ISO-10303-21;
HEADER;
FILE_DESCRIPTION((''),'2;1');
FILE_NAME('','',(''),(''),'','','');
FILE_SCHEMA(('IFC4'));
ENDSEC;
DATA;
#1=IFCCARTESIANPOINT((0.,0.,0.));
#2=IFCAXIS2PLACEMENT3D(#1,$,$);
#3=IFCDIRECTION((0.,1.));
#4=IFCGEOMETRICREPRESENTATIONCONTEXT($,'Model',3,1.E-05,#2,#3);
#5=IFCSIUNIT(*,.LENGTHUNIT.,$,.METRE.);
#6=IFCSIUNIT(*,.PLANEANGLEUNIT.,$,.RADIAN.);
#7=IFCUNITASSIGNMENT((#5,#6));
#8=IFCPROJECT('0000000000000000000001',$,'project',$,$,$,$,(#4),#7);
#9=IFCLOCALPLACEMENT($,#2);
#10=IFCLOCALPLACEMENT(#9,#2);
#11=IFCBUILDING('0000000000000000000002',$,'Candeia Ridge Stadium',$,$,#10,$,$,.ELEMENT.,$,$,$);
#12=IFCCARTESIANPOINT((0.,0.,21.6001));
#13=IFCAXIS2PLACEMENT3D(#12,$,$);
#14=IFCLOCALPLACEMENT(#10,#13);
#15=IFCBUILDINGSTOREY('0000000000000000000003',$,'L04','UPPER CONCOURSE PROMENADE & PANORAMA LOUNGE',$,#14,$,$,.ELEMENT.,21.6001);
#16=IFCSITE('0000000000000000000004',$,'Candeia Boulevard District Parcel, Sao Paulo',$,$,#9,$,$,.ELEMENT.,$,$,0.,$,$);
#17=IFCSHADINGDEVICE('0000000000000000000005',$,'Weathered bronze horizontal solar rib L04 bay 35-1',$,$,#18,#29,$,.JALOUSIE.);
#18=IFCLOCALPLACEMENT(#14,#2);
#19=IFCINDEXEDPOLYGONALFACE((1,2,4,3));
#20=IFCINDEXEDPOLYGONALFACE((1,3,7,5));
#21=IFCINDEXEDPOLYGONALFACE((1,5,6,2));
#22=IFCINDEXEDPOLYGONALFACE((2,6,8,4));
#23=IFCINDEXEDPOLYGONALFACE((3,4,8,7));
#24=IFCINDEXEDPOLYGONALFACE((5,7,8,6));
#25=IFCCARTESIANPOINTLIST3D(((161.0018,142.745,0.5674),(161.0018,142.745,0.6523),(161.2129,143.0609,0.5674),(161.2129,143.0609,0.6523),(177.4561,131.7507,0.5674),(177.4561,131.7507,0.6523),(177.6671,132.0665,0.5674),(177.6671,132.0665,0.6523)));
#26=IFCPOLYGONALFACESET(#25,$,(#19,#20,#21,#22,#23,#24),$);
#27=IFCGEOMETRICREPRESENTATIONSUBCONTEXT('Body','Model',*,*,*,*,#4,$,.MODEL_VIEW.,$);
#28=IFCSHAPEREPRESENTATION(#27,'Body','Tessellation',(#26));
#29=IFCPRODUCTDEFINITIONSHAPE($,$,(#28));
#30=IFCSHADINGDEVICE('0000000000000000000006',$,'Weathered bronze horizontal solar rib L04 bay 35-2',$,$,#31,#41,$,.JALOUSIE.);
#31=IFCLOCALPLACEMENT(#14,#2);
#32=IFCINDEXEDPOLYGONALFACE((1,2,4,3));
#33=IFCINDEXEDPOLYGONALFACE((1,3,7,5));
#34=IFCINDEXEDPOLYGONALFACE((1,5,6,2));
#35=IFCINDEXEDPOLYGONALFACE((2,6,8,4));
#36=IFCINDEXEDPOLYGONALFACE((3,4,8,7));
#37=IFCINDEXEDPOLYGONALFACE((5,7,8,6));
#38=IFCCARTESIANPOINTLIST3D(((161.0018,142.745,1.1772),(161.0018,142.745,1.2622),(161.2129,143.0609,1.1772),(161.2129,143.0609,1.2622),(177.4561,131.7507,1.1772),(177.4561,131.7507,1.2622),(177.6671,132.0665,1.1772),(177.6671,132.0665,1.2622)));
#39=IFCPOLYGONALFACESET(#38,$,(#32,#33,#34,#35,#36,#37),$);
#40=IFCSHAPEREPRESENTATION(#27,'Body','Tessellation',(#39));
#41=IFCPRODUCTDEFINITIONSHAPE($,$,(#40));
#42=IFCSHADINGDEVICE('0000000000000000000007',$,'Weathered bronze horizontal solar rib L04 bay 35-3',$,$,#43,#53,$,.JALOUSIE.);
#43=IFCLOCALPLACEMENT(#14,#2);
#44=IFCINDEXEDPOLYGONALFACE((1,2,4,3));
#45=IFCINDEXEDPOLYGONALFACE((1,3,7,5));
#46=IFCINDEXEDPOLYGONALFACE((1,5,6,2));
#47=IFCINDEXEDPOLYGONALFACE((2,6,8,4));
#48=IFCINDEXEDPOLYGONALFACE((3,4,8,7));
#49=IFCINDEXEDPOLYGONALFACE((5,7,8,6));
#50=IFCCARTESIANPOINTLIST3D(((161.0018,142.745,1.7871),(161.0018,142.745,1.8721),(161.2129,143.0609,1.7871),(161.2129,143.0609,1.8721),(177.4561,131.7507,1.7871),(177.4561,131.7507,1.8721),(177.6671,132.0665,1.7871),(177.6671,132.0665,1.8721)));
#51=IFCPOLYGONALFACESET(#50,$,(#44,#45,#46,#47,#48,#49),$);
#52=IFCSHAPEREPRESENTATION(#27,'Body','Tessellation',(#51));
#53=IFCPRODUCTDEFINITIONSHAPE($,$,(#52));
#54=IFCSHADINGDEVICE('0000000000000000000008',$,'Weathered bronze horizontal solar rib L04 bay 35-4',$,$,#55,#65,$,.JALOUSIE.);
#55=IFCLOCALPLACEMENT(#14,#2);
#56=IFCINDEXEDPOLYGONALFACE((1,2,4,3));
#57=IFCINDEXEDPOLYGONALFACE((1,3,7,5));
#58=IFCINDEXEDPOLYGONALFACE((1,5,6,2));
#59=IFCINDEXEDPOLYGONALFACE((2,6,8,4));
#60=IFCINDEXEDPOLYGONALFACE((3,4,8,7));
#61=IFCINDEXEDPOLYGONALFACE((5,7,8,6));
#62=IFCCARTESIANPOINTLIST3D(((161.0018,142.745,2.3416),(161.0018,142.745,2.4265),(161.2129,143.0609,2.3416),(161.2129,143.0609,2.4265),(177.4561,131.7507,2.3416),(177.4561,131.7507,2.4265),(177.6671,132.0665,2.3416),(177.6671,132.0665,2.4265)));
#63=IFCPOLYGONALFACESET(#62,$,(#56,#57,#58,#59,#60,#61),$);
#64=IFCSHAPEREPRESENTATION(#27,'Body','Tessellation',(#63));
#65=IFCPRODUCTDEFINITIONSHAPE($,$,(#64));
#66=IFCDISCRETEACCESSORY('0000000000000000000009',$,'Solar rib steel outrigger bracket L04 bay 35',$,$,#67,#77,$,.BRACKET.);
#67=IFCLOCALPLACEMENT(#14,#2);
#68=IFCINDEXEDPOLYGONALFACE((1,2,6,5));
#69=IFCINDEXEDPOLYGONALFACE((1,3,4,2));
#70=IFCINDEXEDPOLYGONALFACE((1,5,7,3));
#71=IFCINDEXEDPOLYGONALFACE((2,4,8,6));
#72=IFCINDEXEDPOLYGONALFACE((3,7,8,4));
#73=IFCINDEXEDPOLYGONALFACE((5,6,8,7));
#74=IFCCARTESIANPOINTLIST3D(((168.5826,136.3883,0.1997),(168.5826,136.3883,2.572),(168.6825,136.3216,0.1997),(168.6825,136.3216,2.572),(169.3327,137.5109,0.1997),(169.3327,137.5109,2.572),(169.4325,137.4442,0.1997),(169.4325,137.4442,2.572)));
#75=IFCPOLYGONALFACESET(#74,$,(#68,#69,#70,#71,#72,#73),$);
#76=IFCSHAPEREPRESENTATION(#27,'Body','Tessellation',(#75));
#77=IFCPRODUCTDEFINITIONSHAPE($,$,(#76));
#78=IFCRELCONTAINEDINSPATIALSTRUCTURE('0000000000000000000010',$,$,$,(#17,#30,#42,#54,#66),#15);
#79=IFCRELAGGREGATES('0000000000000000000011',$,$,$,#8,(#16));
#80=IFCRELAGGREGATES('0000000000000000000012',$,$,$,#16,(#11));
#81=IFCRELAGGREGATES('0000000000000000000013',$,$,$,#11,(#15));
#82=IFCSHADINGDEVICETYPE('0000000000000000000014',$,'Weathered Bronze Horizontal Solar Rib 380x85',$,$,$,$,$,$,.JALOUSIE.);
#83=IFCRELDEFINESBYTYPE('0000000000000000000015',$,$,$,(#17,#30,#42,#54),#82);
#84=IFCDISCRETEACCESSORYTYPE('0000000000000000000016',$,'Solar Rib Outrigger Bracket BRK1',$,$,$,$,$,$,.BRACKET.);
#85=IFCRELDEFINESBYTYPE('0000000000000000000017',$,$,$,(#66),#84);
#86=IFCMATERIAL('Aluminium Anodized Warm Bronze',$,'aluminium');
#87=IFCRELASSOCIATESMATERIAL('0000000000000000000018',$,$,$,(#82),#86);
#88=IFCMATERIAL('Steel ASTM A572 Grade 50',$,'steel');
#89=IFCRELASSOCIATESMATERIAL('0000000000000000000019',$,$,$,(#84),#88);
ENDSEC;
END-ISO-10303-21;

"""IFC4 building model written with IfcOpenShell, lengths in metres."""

from ifc_helpers import new_model, si_unit, direction, frame, origin, origin_2d, place, context, subcontext, project, spatial, rectangle, extrude, material, type_object, element, save


model = new_model("IFC4")

# Units and contexts
model_context = context("Model", 3, precision=1e-05, world=origin(), true_north=direction((0.0, 1.0)))
body_context = subcontext(model_context, "Body", "Model", "MODEL_VIEW")
ifc_project = project(units=[si_unit("LENGTHUNIT", "METRE"), si_unit("PLANEANGLEUNIT", "RADIAN")], contexts=[model_context])

# Site, building, storey
site_placement = place(None, origin())
site = spatial("IfcSite", under=ifc_project, at=site_placement, Name="Candeia Boulevard District Parcel, Sao Paulo", CompositionType="ELEMENT", RefElevation=0.0)
building_placement = place(site_placement, origin())
building = spatial("IfcBuilding", under=site, at=building_placement, Name="Candeia Ridge Stadium", CompositionType="ELEMENT")
storey_placement = place(building_placement, frame((0.0, 0.0, 21.6001)))
storey = spatial("IfcBuildingStorey", under=building, at=storey_placement, Name="L04", Description="UPPER CONCOURSE PROMENADE & PANORAMA LOUNGE", CompositionType="ELEMENT", Elevation=21.6001)

# Shared definitions
ifc_material_1 = material(Name="Aluminium Anodized Warm Bronze", Category="aluminium")

# Shading devices
shading_device_type = type_object("IfcShadingDeviceType", Name="Weathered Bronze Horizontal Solar Rib 380x85", PredefinedType="JALOUSIE", material=ifc_material_1)
for number, where, z_axis, x_axis, name in (
    (1, (169.3345, 137.4058, 0.5674), (0.0, 0.0, 1.0), (-0.83147, 0.55557, 0.0), "Weathered bronze horizontal solar rib L04 bay 35-1"),
    (2, (169.3345, 137.4058, 1.1772), (0.0, 0.0, 1.0), (-0.83147, 0.55557, 0.0), "Weathered bronze horizontal solar rib L04 bay 35-2"),
    (3, (169.3345, 137.4058, 1.7871), (0.0, 0.0, 1.0), (-0.83147, 0.55557, 0.0), "Weathered bronze horizontal solar rib L04 bay 35-3"),
    (4, (169.3345, 137.4058, 2.3416), (0.0, 0.0, 1.0), (-0.83147, 0.55557, 0.0), "Weathered bronze horizontal solar rib L04 bay 35-4"),
):
    element("IfcShadingDevice", number, at=place(storey_placement, frame(where, z_axis=z_axis, x_axis=x_axis)), inside=storey, type_object=shading_device_type, Name=name, PredefinedType="JALOUSIE", context=body_context, shape_type="SweptSolid", body=[
        extrude(rectangle(XDim=19.7893, YDim=0.3799, at=origin_2d()), origin(), (0.0, 0.0, 1.0), 0.085),
    ])

# Discrete accessory
ifc_material_2 = material(Name="Steel ASTM A572 Grade 50", Category="steel")
discrete_accessory_type = type_object("IfcDiscreteAccessoryType", Name="Solar Rib Outrigger Bracket BRK1", PredefinedType="BRACKET", material=ifc_material_2)
discrete_accessory_placement = place(storey_placement, frame((169.0076, 136.9163, 0.1997), z_axis=(0.0, 0.0, 1.0), x_axis=(0.55557, 0.83147, 0.0)))
element("IfcDiscreteAccessory", 5, at=discrete_accessory_placement, inside=storey, type_object=discrete_accessory_type, Name="Solar rib steel outrigger bracket L04 bay 35", PredefinedType="BRACKET", context=body_context, shape_type="SweptSolid", body=[
    extrude(rectangle(XDim=1.3501, YDim=0.1201, at=origin_2d()), origin(), (0.0, 0.0, 1.0), 2.3723),
])

save(model, "model.ifc")
